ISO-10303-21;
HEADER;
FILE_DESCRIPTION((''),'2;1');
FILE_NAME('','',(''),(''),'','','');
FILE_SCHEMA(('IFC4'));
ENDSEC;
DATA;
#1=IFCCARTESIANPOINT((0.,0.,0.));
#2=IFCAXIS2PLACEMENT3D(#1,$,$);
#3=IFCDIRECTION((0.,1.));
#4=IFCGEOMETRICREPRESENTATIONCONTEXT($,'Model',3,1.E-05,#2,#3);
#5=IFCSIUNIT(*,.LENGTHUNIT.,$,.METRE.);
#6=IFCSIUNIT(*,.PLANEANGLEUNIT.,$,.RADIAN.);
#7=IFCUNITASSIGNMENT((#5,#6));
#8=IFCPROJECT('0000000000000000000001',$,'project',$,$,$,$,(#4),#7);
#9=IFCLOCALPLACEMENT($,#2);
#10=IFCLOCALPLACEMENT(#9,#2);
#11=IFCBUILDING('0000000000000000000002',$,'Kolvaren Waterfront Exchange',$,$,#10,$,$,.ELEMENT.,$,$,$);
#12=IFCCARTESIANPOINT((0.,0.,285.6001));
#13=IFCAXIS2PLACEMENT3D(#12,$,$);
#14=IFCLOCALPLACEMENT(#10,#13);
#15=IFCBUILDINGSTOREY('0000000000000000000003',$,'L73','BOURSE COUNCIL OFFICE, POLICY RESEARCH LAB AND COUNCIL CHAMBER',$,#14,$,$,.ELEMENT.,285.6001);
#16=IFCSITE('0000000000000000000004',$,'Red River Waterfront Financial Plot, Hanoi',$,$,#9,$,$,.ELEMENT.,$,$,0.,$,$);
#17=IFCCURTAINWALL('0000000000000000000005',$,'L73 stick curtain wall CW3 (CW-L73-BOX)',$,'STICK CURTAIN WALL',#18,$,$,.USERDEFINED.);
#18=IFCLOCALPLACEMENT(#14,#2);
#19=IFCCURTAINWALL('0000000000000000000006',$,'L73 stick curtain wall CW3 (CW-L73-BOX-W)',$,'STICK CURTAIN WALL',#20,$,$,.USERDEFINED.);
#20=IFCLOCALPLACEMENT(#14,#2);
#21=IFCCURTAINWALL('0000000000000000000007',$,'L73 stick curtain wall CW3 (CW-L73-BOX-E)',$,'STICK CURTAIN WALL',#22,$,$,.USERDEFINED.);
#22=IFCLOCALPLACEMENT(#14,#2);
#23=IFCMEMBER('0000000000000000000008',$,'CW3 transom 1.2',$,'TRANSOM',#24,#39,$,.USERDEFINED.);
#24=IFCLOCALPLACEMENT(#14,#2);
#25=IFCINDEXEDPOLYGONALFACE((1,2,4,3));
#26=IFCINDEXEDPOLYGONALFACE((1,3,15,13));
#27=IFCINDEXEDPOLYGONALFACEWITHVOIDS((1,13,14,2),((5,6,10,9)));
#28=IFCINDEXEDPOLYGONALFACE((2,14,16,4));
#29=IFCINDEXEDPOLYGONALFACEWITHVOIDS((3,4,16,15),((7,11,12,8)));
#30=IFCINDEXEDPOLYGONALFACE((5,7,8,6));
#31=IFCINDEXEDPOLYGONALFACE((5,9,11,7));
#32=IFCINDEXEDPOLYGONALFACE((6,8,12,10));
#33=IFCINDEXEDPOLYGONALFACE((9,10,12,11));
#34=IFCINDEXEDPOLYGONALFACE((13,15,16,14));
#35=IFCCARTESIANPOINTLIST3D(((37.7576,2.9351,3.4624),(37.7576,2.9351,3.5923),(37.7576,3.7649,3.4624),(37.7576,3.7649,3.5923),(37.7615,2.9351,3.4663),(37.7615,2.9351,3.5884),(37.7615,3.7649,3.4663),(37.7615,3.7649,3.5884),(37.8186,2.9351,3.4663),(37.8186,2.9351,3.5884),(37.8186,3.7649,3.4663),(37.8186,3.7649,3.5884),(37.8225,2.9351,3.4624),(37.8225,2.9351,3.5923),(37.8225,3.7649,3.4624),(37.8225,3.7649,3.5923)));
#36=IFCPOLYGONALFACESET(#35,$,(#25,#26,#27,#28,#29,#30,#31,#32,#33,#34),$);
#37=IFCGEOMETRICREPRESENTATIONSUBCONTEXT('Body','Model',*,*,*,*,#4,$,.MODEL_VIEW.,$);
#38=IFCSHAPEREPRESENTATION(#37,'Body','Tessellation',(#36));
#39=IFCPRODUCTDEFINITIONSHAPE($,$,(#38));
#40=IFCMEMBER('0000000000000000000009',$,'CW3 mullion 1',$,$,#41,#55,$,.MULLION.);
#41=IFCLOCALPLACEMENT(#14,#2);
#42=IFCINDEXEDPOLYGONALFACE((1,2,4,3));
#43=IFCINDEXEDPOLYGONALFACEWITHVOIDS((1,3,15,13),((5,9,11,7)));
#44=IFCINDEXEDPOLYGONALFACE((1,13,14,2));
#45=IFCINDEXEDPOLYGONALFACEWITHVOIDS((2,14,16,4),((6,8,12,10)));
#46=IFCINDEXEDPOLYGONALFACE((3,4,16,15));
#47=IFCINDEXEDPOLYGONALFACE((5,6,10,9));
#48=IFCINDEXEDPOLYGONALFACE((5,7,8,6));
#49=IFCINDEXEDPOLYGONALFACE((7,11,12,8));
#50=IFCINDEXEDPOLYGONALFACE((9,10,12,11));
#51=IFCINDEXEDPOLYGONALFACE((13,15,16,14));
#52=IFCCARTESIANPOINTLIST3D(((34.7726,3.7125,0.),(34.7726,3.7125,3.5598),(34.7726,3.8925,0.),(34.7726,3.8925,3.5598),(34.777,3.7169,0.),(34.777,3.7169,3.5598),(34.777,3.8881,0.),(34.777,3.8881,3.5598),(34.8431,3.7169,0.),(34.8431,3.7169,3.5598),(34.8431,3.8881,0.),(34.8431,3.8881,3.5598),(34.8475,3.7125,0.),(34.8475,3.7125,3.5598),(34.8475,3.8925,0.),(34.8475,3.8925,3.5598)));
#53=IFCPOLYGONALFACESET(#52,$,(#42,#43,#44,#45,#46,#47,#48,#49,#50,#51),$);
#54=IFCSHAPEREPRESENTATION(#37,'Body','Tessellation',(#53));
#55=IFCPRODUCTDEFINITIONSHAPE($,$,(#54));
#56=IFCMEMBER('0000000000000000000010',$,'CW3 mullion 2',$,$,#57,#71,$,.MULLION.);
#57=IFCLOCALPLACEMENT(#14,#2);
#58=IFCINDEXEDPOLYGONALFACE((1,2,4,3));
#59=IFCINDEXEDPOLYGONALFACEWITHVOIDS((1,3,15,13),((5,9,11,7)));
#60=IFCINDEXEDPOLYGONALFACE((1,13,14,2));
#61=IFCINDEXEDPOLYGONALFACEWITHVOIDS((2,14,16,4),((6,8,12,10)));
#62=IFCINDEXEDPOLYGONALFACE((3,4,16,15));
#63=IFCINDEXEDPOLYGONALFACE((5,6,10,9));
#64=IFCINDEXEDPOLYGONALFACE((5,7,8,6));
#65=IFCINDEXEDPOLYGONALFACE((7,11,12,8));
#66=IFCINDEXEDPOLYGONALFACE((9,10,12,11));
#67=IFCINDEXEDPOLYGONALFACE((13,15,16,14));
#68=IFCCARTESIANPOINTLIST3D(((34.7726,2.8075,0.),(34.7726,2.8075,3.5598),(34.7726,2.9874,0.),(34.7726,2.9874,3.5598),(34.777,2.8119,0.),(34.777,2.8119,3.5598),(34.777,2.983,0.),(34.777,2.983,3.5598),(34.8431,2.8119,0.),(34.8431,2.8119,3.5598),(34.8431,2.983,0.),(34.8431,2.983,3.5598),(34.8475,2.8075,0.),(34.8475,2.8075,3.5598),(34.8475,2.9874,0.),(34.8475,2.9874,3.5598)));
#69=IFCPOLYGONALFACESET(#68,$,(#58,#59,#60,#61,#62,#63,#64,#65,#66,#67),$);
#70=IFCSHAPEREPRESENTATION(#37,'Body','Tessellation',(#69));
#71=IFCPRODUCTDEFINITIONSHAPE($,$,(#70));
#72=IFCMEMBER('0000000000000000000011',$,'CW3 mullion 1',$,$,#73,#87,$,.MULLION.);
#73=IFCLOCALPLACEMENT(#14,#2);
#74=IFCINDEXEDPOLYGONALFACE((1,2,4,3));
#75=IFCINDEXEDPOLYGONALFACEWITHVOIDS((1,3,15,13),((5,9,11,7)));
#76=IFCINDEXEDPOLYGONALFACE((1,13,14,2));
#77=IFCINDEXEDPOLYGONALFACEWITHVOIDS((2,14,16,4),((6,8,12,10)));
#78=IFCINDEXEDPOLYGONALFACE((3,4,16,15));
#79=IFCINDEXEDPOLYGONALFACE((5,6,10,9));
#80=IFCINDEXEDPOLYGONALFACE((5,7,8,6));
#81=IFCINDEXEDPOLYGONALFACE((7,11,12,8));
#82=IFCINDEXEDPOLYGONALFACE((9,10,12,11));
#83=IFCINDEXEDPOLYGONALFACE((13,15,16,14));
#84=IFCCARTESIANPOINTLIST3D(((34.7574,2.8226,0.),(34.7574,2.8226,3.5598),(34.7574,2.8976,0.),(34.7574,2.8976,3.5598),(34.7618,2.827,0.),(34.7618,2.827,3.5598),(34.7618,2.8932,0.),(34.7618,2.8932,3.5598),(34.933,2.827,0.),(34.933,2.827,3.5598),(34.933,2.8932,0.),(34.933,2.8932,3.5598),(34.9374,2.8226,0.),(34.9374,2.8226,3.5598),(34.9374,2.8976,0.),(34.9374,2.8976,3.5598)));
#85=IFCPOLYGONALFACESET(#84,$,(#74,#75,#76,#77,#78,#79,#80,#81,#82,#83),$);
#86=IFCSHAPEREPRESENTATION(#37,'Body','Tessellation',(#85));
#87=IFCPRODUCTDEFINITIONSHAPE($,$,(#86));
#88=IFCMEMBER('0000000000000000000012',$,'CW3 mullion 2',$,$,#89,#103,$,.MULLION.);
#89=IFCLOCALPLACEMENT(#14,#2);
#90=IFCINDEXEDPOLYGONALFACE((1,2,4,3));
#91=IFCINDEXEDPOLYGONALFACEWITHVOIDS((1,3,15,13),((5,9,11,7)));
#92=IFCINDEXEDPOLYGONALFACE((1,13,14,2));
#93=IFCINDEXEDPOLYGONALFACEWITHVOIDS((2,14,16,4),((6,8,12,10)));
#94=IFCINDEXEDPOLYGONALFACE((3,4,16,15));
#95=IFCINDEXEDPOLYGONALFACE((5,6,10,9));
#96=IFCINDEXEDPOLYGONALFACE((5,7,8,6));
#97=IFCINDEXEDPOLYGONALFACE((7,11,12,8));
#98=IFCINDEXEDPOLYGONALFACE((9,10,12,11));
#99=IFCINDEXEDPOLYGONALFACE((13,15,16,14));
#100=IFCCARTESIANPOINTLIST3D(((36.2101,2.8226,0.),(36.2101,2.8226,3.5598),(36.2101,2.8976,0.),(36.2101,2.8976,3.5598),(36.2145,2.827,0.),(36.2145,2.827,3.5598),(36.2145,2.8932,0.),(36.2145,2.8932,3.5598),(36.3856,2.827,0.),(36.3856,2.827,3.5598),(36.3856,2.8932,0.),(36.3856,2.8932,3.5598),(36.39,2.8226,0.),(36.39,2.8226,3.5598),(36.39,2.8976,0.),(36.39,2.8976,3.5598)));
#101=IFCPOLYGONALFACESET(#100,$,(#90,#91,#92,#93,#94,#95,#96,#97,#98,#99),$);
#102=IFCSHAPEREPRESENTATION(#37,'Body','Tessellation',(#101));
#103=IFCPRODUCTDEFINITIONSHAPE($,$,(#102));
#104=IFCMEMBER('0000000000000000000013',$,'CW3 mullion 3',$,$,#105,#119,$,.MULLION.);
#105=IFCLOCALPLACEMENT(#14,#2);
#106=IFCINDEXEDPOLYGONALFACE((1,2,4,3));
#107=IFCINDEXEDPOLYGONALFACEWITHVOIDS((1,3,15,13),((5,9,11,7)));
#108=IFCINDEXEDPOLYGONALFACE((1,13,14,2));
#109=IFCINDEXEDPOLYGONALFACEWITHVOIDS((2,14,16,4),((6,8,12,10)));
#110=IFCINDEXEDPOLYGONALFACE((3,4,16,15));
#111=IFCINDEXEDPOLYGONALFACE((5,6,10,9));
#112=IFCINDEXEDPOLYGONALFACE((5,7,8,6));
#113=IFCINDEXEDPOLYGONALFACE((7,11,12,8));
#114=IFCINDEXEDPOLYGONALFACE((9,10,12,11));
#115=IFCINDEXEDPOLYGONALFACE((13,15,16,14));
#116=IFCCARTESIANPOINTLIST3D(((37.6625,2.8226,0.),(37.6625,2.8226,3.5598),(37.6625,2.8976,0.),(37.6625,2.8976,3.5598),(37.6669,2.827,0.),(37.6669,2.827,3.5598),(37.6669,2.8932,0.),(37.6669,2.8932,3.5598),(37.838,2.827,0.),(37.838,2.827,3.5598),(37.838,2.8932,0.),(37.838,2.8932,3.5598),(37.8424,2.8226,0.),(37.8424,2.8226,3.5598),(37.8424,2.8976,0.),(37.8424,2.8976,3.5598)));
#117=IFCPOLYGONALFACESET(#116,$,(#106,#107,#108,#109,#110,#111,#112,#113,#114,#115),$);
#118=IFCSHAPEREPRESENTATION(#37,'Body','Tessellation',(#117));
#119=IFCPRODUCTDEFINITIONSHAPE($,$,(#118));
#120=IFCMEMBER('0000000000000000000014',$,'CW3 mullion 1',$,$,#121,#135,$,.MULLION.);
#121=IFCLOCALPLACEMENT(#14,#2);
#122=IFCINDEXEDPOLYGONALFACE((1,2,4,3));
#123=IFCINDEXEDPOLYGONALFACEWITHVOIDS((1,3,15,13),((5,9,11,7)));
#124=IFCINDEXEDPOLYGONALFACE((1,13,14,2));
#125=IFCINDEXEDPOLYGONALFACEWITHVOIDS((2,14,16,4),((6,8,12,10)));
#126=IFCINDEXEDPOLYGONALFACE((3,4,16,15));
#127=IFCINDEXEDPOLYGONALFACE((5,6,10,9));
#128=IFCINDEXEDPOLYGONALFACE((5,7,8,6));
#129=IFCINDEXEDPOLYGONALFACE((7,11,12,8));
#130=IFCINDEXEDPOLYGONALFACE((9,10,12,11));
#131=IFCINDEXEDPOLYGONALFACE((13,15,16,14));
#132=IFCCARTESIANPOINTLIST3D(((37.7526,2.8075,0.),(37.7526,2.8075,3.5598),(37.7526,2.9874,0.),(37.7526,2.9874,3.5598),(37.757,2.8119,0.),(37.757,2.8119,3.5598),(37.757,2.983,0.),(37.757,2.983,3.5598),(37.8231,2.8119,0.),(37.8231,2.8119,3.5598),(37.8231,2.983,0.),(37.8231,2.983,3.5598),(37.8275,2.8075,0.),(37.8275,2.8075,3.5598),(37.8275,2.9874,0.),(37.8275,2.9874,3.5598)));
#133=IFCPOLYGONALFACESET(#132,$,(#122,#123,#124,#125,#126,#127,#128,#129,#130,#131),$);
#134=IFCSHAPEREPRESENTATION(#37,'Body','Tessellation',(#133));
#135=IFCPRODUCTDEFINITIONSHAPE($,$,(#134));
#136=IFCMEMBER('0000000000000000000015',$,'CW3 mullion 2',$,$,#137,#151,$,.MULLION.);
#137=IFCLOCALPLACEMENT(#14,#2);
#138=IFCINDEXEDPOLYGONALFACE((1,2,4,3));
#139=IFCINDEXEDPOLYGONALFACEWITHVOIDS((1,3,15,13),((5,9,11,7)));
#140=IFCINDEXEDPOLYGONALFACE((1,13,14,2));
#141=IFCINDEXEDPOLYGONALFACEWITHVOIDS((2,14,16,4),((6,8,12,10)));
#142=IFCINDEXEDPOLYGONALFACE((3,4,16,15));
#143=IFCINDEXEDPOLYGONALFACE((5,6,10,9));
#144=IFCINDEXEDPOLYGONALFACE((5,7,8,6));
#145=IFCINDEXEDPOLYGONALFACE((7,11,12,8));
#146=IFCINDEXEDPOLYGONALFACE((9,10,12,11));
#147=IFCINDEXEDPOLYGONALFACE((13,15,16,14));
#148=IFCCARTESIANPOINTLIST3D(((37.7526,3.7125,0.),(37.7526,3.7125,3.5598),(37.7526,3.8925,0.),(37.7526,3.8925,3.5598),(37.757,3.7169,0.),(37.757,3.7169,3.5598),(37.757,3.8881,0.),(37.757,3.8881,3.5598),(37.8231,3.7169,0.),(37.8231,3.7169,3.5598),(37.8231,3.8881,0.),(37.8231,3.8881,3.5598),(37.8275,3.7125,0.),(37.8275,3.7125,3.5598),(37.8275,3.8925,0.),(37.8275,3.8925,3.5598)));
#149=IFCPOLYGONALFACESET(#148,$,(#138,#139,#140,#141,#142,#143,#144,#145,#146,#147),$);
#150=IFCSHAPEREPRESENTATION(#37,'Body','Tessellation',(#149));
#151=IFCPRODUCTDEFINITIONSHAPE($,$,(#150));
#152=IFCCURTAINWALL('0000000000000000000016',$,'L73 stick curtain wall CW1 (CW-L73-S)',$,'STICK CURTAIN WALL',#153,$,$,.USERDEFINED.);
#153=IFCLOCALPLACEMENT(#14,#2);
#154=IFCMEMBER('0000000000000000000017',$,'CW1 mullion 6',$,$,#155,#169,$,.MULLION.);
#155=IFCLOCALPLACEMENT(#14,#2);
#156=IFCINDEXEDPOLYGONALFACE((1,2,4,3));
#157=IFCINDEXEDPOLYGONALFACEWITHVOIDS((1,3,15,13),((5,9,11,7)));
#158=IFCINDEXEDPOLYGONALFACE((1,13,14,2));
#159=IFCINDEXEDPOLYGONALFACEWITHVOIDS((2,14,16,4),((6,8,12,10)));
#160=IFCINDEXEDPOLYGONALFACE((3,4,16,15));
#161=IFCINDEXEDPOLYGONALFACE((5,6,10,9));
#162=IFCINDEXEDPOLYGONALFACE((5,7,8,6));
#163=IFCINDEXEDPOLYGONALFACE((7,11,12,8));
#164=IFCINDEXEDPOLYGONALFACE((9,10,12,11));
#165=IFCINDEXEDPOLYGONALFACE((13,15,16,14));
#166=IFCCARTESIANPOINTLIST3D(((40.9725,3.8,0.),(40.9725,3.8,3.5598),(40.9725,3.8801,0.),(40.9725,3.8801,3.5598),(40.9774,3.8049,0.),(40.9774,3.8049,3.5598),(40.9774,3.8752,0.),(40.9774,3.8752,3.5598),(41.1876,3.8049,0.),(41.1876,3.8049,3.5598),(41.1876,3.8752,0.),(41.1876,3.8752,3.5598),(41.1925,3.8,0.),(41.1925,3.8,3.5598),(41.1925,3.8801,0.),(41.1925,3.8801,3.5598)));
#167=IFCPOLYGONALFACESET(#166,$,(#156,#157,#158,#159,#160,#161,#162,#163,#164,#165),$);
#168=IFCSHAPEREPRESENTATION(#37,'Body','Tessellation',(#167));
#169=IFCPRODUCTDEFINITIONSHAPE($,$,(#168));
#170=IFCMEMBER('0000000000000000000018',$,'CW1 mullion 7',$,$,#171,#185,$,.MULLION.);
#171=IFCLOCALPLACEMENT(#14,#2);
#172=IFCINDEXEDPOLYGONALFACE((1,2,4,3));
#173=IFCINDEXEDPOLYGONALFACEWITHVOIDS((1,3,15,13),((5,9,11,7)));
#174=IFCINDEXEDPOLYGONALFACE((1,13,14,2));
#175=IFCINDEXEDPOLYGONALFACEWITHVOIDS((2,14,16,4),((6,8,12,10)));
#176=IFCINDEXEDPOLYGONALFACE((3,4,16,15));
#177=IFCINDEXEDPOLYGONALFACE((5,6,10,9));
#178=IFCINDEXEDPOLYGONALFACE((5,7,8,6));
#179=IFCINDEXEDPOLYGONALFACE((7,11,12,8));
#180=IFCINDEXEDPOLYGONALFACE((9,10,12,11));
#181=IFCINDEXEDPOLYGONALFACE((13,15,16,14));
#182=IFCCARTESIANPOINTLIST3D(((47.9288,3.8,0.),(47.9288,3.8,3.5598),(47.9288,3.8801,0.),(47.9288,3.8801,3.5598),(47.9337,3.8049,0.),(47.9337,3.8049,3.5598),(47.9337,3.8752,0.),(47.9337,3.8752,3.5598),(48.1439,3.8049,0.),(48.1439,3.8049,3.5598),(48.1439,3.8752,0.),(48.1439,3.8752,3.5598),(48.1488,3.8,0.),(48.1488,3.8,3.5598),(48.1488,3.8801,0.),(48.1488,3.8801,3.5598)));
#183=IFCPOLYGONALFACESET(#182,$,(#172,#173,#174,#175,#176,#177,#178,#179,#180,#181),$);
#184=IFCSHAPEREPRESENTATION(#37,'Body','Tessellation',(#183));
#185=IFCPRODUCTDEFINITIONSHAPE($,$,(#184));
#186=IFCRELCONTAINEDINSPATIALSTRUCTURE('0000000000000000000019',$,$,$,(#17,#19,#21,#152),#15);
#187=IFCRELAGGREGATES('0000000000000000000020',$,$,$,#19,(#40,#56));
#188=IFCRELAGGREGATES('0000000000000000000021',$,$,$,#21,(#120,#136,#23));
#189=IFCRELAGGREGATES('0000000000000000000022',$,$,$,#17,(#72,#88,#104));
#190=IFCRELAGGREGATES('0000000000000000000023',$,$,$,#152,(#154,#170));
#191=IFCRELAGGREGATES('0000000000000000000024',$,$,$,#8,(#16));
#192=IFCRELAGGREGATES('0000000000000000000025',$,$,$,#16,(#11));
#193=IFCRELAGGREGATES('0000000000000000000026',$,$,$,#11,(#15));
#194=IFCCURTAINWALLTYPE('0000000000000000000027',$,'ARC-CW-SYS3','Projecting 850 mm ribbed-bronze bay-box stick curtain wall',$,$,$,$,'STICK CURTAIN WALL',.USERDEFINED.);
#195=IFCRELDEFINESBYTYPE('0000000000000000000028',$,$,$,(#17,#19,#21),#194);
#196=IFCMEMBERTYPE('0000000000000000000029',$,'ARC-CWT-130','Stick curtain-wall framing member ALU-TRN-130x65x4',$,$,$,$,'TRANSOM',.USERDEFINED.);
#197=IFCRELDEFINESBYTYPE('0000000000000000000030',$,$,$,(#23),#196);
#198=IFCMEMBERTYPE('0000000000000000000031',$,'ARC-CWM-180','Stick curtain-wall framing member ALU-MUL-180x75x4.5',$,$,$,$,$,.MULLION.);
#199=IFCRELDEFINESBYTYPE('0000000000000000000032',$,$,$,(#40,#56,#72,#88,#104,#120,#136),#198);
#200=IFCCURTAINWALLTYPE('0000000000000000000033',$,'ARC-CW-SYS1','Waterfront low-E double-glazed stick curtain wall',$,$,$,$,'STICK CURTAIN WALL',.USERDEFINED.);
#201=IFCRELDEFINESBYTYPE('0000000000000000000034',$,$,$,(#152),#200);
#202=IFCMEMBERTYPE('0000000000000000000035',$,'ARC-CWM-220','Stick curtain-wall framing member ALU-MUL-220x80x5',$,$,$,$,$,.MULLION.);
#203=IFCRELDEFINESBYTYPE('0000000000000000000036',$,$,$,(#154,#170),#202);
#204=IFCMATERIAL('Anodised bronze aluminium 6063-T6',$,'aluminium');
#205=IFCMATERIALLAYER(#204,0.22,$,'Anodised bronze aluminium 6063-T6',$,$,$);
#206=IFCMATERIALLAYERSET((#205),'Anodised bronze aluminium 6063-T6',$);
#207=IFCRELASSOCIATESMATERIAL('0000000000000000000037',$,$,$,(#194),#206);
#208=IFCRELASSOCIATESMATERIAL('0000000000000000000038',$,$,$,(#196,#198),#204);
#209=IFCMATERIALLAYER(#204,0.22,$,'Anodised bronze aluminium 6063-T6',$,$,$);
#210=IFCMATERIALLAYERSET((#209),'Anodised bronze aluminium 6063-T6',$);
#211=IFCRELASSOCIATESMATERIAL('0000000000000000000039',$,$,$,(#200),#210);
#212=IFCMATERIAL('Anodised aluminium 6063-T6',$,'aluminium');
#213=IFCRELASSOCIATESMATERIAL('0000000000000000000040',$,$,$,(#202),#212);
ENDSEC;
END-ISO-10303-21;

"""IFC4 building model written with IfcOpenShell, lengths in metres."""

from ifc_helpers import new_model, si_unit, direction, frame, origin, origin_with_axes, origin_2d, place, context, subcontext, project, spatial, hollow_rectangle, extrude, source, transform, mapped, material, layer, layer_set, material_profile, profile_set, type_object, element, aggregate, save


model = new_model("IFC4")

# Units and contexts
model_context = context("Model", 3, precision=1e-05, world=origin(), true_north=direction((0.0, 1.0)))
body_context = subcontext(model_context, "Body", "Model", "MODEL_VIEW")
ifc_project = project(units=[si_unit("LENGTHUNIT", "METRE"), si_unit("PLANEANGLEUNIT", "RADIAN")], contexts=[model_context])

# Site, building, storey
site_placement = place(None, origin())
site = spatial("IfcSite", under=ifc_project, at=site_placement, Name="Red River Waterfront Financial Plot, Hanoi", CompositionType="ELEMENT", RefElevation=0.0)
building_placement = place(site_placement, origin())
building = spatial("IfcBuilding", under=site, at=building_placement, Name="Kolvaren Waterfront Exchange", CompositionType="ELEMENT")
storey_placement = place(building_placement, frame((0.0, 0.0, 285.6001)))
storey = spatial("IfcBuildingStorey", under=building, at=storey_placement, Name="L73", Description="BOURSE COUNCIL OFFICE, POLICY RESEARCH LAB AND COUNCIL CHAMBER", CompositionType="ELEMENT", Elevation=285.6001)

# Curtain walls, member
ifc_material_1 = material(Name="Anodised bronze aluminium 6063-T6", Category="aluminium")
ifc_layer_1 = layer(ifc_material_1, 0.22, Name="Anodised bronze aluminium 6063-T6")
ifc_layer_set_1 = layer_set([ifc_layer_1], Name="Anodised bronze aluminium 6063-T6")
curtain_wall_type_1 = type_object("IfcCurtainWallType", Name="ARC-CW-SYS3", Description="Projecting 850 mm ribbed-bronze bay-box stick curtain wall", ElementType="STICK CURTAIN WALL", PredefinedType="USERDEFINED", material=ifc_layer_set_1)
curtain_wall_1_placement = place(storey_placement, origin())
curtain_wall_1 = element("IfcCurtainWall", 1, at=curtain_wall_1_placement, inside=storey, type_object=curtain_wall_type_1, Name="L73 stick curtain wall CW3 (CW-L73-BOX)", ObjectType="STICK CURTAIN WALL", PredefinedType="USERDEFINED")
ifc_material_profile_1 = material_profile(ifc_material_1, hollow_rectangle(XDim=0.0649, YDim=0.1299, WallThickness=0.0039, at=origin_2d()), Name="ALU-TRN-130x65x4")
ifc_profile_set_1 = profile_set([ifc_material_profile_1], Name="Anodised bronze aluminium 6063-T6")
member_type_1 = type_object("IfcMemberType", Name="ARC-CWT-130", Description="Stick curtain-wall framing member ALU-TRN-130x65x4", ElementType="TRANSOM", PredefinedType="USERDEFINED", material=ifc_profile_set_1)
curtain_wall_2_placement = place(storey_placement, origin())
curtain_wall_2 = element("IfcCurtainWall", 2, at=curtain_wall_2_placement, inside=storey, type_object=curtain_wall_type_1, Name="L73 stick curtain wall CW3 (CW-L73-BOX-W)", ObjectType="STICK CURTAIN WALL", PredefinedType="USERDEFINED")
shared_shape_1 = source(origin_with_axes(), body_context, "Body", "SweptSolid", [
    extrude(hollow_rectangle(XDim=0.0649, YDim=0.1299, WallThickness=0.0039, at=origin_2d()), origin(), (0.0, 0.0, 1.0), 0.8298),
])
curtain_wall_3_placement = place(storey_placement, origin())
curtain_wall_3 = element("IfcCurtainWall", 3, at=curtain_wall_3_placement, inside=storey, type_object=curtain_wall_type_1, Name="L73 stick curtain wall CW3 (CW-L73-BOX-E)", ObjectType="STICK CURTAIN WALL", PredefinedType="USERDEFINED")
member_1_placement = place(storey_placement, frame((37.79, 2.9351, 3.5273), z_axis=(0.0, 1.0, 0.0), x_axis=(-1.0, 0.0, 0.0)))
member_1 = element("IfcMember", 4, at=member_1_placement, type_object=member_type_1, Name="CW3 transom 1.2", ObjectType="TRANSOM", PredefinedType="USERDEFINED", context=body_context, shape_type="MappedRepresentation", body=[
    mapped(shared_shape_1, transform((0.0, 0.0, 0.0), x_axis=(1.0, 0.0, 0.0), y_axis=(0.0, 1.0, 0.0), z_axis=(0.0, 0.0, 1.0), scale=1.0)),
])

# Members
ifc_material_profile_2 = material_profile(ifc_material_1, hollow_rectangle(XDim=0.075, YDim=0.1799, WallThickness=0.0044, at=origin_2d()), Name="ALU-MUL-180x75x4.5")
ifc_profile_set_2 = profile_set([ifc_material_profile_2], Name="Anodised bronze aluminium 6063-T6")
member_type_2 = type_object("IfcMemberType", Name="ARC-CWM-180", Description="Stick curtain-wall framing member ALU-MUL-180x75x4.5", PredefinedType="MULLION", material=ifc_profile_set_2)
shared_shape_2 = source(origin_with_axes(), body_context, "Body", "SweptSolid", [
    extrude(hollow_rectangle(XDim=0.075, YDim=0.1799, WallThickness=0.0044, at=origin_2d()), origin(), (0.0, 0.0, 1.0), 3.5598),
])
member_2_placement = place(storey_placement, frame((34.8101, 3.8025, 0.0), z_axis=(0.0, 0.0, 1.0), x_axis=(1.0, 0.0, 0.0)))
member_2 = element("IfcMember", 5, at=member_2_placement, type_object=member_type_2, Name="CW3 mullion 1", PredefinedType="MULLION", context=body_context, shape_type="MappedRepresentation", body=[
    mapped(shared_shape_2, transform((0.0, 0.0, 0.0), x_axis=(1.0, 0.0, 0.0), y_axis=(0.0, 1.0, 0.0), z_axis=(0.0, 0.0, 1.0), scale=1.0)),
])
member_3_placement = place(storey_placement, frame((34.8101, 2.8975, 0.0), z_axis=(0.0, 0.0, 1.0), x_axis=(1.0, 0.0, 0.0)))
member_3 = element("IfcMember", 6, at=member_3_placement, type_object=member_type_2, Name="CW3 mullion 2", PredefinedType="MULLION", context=body_context, shape_type="MappedRepresentation", body=[
    mapped(shared_shape_2, transform((0.0, 0.0, 0.0), x_axis=(1.0, 0.0, 0.0), y_axis=(0.0, 1.0, 0.0), z_axis=(0.0, 0.0, 1.0), scale=1.0)),
])
member_4_placement = place(storey_placement, frame((34.8474, 2.8601, 0.0), z_axis=(0.0, 0.0, 1.0), x_axis=(0.0, 1.0, 0.0)))
member_4 = element("IfcMember", 7, at=member_4_placement, type_object=member_type_2, Name="CW3 mullion 1", PredefinedType="MULLION", context=body_context, shape_type="MappedRepresentation", body=[
    mapped(shared_shape_2, transform((0.0, 0.0, 0.0), x_axis=(1.0, 0.0, 0.0), y_axis=(0.0, 1.0, 0.0), z_axis=(0.0, 0.0, 1.0), scale=1.0)),
])
member_5_placement = place(storey_placement, frame((36.3, 2.8601, 0.0), z_axis=(0.0, 0.0, 1.0), x_axis=(0.0, 1.0, 0.0)))
member_5 = element("IfcMember", 8, at=member_5_placement, type_object=member_type_2, Name="CW3 mullion 2", PredefinedType="MULLION", context=body_context, shape_type="MappedRepresentation", body=[
    mapped(shared_shape_2, transform((0.0, 0.0, 0.0), x_axis=(1.0, 0.0, 0.0), y_axis=(0.0, 1.0, 0.0), z_axis=(0.0, 0.0, 1.0), scale=1.0)),
])
member_6_placement = place(storey_placement, frame((37.7524, 2.8601, 0.0), z_axis=(0.0, 0.0, 1.0), x_axis=(0.0, 1.0, 0.0)))
member_6 = element("IfcMember", 9, at=member_6_placement, type_object=member_type_2, Name="CW3 mullion 3", PredefinedType="MULLION", context=body_context, shape_type="MappedRepresentation", body=[
    mapped(shared_shape_2, transform((0.0, 0.0, 0.0), x_axis=(1.0, 0.0, 0.0), y_axis=(0.0, 1.0, 0.0), z_axis=(0.0, 0.0, 1.0), scale=1.0)),
])
member_7_placement = place(storey_placement, frame((37.79, 2.8975, 0.0), z_axis=(0.0, 0.0, 1.0), x_axis=(-1.0, 0.0, 0.0)))
member_7 = element("IfcMember", 10, at=member_7_placement, type_object=member_type_2, Name="CW3 mullion 1", PredefinedType="MULLION", context=body_context, shape_type="MappedRepresentation", body=[
    mapped(shared_shape_2, transform((0.0, 0.0, 0.0), x_axis=(1.0, 0.0, 0.0), y_axis=(0.0, 1.0, 0.0), z_axis=(0.0, 0.0, 1.0), scale=1.0)),
])
member_8_placement = place(storey_placement, frame((37.79, 3.8025, 0.0), z_axis=(0.0, 0.0, 1.0), x_axis=(-1.0, 0.0, 0.0)))
member_8 = element("IfcMember", 11, at=member_8_placement, type_object=member_type_2, Name="CW3 mullion 2", PredefinedType="MULLION", context=body_context, shape_type="MappedRepresentation", body=[
    mapped(shared_shape_2, transform((0.0, 0.0, 0.0), x_axis=(1.0, 0.0, 0.0), y_axis=(0.0, 1.0, 0.0), z_axis=(0.0, 0.0, 1.0), scale=1.0)),
])

# Curtain wall, members
ifc_layer_2 = layer(ifc_material_1, 0.22, Name="Anodised bronze aluminium 6063-T6")
ifc_layer_set_2 = layer_set([ifc_layer_2], Name="Anodised bronze aluminium 6063-T6")
curtain_wall_type_2 = type_object("IfcCurtainWallType", Name="ARC-CW-SYS1", Description="Waterfront low-E double-glazed stick curtain wall", ElementType="STICK CURTAIN WALL", PredefinedType="USERDEFINED", material=ifc_layer_set_2)
curtain_wall_4_placement = place(storey_placement, origin())
curtain_wall_4 = element("IfcCurtainWall", 12, at=curtain_wall_4_placement, inside=storey, type_object=curtain_wall_type_2, Name="L73 stick curtain wall CW1 (CW-L73-S)", ObjectType="STICK CURTAIN WALL", PredefinedType="USERDEFINED")
ifc_material_2 = material(Name="Anodised aluminium 6063-T6", Category="aluminium")
ifc_material_profile_3 = material_profile(ifc_material_2, hollow_rectangle(XDim=0.0801, YDim=0.22, WallThickness=0.0049, at=origin_2d()), Name="ALU-MUL-220x80x5")
ifc_profile_set_3 = profile_set([ifc_material_profile_3], Name="Anodised aluminium 6063-T6")
member_type_3 = type_object("IfcMemberType", Name="ARC-CWM-220", Description="Stick curtain-wall framing member ALU-MUL-220x80x5", PredefinedType="MULLION", material=ifc_profile_set_3)
shared_shape_3 = source(origin_with_axes(), body_context, "Body", "SweptSolid", [
    extrude(hollow_rectangle(XDim=0.0801, YDim=0.22, WallThickness=0.0049, at=origin_2d()), origin(), (0.0, 0.0, 1.0), 3.5598),
])
member_9_placement = place(storey_placement, frame((41.0825, 3.8401, 0.0), z_axis=(0.0, 0.0, 1.0), x_axis=(0.0, 1.0, 0.0)))
member_9 = element("IfcMember", 13, at=member_9_placement, type_object=member_type_3, Name="CW1 mullion 6", PredefinedType="MULLION", context=body_context, shape_type="MappedRepresentation", body=[
    mapped(shared_shape_3, transform((0.0, 0.0, 0.0), x_axis=(1.0, 0.0, 0.0), y_axis=(0.0, 1.0, 0.0), z_axis=(0.0, 0.0, 1.0), scale=1.0)),
])
member_10_placement = place(storey_placement, frame((48.0388, 3.8401, 0.0), z_axis=(0.0, 0.0, 1.0), x_axis=(0.0, 1.0, 0.0)))
member_10 = element("IfcMember", 14, at=member_10_placement, type_object=member_type_3, Name="CW1 mullion 7", PredefinedType="MULLION", context=body_context, shape_type="MappedRepresentation", body=[
    mapped(shared_shape_3, transform((0.0, 0.0, 0.0), x_axis=(1.0, 0.0, 0.0), y_axis=(0.0, 1.0, 0.0), z_axis=(0.0, 0.0, 1.0), scale=1.0)),
])

aggregate(curtain_wall_2, [member_2, member_3])
aggregate(curtain_wall_3, [member_7, member_8, member_1])
aggregate(curtain_wall_1, [member_4, member_5, member_6])
aggregate(curtain_wall_4, [member_9, member_10])

save(model, "model.ifc")
